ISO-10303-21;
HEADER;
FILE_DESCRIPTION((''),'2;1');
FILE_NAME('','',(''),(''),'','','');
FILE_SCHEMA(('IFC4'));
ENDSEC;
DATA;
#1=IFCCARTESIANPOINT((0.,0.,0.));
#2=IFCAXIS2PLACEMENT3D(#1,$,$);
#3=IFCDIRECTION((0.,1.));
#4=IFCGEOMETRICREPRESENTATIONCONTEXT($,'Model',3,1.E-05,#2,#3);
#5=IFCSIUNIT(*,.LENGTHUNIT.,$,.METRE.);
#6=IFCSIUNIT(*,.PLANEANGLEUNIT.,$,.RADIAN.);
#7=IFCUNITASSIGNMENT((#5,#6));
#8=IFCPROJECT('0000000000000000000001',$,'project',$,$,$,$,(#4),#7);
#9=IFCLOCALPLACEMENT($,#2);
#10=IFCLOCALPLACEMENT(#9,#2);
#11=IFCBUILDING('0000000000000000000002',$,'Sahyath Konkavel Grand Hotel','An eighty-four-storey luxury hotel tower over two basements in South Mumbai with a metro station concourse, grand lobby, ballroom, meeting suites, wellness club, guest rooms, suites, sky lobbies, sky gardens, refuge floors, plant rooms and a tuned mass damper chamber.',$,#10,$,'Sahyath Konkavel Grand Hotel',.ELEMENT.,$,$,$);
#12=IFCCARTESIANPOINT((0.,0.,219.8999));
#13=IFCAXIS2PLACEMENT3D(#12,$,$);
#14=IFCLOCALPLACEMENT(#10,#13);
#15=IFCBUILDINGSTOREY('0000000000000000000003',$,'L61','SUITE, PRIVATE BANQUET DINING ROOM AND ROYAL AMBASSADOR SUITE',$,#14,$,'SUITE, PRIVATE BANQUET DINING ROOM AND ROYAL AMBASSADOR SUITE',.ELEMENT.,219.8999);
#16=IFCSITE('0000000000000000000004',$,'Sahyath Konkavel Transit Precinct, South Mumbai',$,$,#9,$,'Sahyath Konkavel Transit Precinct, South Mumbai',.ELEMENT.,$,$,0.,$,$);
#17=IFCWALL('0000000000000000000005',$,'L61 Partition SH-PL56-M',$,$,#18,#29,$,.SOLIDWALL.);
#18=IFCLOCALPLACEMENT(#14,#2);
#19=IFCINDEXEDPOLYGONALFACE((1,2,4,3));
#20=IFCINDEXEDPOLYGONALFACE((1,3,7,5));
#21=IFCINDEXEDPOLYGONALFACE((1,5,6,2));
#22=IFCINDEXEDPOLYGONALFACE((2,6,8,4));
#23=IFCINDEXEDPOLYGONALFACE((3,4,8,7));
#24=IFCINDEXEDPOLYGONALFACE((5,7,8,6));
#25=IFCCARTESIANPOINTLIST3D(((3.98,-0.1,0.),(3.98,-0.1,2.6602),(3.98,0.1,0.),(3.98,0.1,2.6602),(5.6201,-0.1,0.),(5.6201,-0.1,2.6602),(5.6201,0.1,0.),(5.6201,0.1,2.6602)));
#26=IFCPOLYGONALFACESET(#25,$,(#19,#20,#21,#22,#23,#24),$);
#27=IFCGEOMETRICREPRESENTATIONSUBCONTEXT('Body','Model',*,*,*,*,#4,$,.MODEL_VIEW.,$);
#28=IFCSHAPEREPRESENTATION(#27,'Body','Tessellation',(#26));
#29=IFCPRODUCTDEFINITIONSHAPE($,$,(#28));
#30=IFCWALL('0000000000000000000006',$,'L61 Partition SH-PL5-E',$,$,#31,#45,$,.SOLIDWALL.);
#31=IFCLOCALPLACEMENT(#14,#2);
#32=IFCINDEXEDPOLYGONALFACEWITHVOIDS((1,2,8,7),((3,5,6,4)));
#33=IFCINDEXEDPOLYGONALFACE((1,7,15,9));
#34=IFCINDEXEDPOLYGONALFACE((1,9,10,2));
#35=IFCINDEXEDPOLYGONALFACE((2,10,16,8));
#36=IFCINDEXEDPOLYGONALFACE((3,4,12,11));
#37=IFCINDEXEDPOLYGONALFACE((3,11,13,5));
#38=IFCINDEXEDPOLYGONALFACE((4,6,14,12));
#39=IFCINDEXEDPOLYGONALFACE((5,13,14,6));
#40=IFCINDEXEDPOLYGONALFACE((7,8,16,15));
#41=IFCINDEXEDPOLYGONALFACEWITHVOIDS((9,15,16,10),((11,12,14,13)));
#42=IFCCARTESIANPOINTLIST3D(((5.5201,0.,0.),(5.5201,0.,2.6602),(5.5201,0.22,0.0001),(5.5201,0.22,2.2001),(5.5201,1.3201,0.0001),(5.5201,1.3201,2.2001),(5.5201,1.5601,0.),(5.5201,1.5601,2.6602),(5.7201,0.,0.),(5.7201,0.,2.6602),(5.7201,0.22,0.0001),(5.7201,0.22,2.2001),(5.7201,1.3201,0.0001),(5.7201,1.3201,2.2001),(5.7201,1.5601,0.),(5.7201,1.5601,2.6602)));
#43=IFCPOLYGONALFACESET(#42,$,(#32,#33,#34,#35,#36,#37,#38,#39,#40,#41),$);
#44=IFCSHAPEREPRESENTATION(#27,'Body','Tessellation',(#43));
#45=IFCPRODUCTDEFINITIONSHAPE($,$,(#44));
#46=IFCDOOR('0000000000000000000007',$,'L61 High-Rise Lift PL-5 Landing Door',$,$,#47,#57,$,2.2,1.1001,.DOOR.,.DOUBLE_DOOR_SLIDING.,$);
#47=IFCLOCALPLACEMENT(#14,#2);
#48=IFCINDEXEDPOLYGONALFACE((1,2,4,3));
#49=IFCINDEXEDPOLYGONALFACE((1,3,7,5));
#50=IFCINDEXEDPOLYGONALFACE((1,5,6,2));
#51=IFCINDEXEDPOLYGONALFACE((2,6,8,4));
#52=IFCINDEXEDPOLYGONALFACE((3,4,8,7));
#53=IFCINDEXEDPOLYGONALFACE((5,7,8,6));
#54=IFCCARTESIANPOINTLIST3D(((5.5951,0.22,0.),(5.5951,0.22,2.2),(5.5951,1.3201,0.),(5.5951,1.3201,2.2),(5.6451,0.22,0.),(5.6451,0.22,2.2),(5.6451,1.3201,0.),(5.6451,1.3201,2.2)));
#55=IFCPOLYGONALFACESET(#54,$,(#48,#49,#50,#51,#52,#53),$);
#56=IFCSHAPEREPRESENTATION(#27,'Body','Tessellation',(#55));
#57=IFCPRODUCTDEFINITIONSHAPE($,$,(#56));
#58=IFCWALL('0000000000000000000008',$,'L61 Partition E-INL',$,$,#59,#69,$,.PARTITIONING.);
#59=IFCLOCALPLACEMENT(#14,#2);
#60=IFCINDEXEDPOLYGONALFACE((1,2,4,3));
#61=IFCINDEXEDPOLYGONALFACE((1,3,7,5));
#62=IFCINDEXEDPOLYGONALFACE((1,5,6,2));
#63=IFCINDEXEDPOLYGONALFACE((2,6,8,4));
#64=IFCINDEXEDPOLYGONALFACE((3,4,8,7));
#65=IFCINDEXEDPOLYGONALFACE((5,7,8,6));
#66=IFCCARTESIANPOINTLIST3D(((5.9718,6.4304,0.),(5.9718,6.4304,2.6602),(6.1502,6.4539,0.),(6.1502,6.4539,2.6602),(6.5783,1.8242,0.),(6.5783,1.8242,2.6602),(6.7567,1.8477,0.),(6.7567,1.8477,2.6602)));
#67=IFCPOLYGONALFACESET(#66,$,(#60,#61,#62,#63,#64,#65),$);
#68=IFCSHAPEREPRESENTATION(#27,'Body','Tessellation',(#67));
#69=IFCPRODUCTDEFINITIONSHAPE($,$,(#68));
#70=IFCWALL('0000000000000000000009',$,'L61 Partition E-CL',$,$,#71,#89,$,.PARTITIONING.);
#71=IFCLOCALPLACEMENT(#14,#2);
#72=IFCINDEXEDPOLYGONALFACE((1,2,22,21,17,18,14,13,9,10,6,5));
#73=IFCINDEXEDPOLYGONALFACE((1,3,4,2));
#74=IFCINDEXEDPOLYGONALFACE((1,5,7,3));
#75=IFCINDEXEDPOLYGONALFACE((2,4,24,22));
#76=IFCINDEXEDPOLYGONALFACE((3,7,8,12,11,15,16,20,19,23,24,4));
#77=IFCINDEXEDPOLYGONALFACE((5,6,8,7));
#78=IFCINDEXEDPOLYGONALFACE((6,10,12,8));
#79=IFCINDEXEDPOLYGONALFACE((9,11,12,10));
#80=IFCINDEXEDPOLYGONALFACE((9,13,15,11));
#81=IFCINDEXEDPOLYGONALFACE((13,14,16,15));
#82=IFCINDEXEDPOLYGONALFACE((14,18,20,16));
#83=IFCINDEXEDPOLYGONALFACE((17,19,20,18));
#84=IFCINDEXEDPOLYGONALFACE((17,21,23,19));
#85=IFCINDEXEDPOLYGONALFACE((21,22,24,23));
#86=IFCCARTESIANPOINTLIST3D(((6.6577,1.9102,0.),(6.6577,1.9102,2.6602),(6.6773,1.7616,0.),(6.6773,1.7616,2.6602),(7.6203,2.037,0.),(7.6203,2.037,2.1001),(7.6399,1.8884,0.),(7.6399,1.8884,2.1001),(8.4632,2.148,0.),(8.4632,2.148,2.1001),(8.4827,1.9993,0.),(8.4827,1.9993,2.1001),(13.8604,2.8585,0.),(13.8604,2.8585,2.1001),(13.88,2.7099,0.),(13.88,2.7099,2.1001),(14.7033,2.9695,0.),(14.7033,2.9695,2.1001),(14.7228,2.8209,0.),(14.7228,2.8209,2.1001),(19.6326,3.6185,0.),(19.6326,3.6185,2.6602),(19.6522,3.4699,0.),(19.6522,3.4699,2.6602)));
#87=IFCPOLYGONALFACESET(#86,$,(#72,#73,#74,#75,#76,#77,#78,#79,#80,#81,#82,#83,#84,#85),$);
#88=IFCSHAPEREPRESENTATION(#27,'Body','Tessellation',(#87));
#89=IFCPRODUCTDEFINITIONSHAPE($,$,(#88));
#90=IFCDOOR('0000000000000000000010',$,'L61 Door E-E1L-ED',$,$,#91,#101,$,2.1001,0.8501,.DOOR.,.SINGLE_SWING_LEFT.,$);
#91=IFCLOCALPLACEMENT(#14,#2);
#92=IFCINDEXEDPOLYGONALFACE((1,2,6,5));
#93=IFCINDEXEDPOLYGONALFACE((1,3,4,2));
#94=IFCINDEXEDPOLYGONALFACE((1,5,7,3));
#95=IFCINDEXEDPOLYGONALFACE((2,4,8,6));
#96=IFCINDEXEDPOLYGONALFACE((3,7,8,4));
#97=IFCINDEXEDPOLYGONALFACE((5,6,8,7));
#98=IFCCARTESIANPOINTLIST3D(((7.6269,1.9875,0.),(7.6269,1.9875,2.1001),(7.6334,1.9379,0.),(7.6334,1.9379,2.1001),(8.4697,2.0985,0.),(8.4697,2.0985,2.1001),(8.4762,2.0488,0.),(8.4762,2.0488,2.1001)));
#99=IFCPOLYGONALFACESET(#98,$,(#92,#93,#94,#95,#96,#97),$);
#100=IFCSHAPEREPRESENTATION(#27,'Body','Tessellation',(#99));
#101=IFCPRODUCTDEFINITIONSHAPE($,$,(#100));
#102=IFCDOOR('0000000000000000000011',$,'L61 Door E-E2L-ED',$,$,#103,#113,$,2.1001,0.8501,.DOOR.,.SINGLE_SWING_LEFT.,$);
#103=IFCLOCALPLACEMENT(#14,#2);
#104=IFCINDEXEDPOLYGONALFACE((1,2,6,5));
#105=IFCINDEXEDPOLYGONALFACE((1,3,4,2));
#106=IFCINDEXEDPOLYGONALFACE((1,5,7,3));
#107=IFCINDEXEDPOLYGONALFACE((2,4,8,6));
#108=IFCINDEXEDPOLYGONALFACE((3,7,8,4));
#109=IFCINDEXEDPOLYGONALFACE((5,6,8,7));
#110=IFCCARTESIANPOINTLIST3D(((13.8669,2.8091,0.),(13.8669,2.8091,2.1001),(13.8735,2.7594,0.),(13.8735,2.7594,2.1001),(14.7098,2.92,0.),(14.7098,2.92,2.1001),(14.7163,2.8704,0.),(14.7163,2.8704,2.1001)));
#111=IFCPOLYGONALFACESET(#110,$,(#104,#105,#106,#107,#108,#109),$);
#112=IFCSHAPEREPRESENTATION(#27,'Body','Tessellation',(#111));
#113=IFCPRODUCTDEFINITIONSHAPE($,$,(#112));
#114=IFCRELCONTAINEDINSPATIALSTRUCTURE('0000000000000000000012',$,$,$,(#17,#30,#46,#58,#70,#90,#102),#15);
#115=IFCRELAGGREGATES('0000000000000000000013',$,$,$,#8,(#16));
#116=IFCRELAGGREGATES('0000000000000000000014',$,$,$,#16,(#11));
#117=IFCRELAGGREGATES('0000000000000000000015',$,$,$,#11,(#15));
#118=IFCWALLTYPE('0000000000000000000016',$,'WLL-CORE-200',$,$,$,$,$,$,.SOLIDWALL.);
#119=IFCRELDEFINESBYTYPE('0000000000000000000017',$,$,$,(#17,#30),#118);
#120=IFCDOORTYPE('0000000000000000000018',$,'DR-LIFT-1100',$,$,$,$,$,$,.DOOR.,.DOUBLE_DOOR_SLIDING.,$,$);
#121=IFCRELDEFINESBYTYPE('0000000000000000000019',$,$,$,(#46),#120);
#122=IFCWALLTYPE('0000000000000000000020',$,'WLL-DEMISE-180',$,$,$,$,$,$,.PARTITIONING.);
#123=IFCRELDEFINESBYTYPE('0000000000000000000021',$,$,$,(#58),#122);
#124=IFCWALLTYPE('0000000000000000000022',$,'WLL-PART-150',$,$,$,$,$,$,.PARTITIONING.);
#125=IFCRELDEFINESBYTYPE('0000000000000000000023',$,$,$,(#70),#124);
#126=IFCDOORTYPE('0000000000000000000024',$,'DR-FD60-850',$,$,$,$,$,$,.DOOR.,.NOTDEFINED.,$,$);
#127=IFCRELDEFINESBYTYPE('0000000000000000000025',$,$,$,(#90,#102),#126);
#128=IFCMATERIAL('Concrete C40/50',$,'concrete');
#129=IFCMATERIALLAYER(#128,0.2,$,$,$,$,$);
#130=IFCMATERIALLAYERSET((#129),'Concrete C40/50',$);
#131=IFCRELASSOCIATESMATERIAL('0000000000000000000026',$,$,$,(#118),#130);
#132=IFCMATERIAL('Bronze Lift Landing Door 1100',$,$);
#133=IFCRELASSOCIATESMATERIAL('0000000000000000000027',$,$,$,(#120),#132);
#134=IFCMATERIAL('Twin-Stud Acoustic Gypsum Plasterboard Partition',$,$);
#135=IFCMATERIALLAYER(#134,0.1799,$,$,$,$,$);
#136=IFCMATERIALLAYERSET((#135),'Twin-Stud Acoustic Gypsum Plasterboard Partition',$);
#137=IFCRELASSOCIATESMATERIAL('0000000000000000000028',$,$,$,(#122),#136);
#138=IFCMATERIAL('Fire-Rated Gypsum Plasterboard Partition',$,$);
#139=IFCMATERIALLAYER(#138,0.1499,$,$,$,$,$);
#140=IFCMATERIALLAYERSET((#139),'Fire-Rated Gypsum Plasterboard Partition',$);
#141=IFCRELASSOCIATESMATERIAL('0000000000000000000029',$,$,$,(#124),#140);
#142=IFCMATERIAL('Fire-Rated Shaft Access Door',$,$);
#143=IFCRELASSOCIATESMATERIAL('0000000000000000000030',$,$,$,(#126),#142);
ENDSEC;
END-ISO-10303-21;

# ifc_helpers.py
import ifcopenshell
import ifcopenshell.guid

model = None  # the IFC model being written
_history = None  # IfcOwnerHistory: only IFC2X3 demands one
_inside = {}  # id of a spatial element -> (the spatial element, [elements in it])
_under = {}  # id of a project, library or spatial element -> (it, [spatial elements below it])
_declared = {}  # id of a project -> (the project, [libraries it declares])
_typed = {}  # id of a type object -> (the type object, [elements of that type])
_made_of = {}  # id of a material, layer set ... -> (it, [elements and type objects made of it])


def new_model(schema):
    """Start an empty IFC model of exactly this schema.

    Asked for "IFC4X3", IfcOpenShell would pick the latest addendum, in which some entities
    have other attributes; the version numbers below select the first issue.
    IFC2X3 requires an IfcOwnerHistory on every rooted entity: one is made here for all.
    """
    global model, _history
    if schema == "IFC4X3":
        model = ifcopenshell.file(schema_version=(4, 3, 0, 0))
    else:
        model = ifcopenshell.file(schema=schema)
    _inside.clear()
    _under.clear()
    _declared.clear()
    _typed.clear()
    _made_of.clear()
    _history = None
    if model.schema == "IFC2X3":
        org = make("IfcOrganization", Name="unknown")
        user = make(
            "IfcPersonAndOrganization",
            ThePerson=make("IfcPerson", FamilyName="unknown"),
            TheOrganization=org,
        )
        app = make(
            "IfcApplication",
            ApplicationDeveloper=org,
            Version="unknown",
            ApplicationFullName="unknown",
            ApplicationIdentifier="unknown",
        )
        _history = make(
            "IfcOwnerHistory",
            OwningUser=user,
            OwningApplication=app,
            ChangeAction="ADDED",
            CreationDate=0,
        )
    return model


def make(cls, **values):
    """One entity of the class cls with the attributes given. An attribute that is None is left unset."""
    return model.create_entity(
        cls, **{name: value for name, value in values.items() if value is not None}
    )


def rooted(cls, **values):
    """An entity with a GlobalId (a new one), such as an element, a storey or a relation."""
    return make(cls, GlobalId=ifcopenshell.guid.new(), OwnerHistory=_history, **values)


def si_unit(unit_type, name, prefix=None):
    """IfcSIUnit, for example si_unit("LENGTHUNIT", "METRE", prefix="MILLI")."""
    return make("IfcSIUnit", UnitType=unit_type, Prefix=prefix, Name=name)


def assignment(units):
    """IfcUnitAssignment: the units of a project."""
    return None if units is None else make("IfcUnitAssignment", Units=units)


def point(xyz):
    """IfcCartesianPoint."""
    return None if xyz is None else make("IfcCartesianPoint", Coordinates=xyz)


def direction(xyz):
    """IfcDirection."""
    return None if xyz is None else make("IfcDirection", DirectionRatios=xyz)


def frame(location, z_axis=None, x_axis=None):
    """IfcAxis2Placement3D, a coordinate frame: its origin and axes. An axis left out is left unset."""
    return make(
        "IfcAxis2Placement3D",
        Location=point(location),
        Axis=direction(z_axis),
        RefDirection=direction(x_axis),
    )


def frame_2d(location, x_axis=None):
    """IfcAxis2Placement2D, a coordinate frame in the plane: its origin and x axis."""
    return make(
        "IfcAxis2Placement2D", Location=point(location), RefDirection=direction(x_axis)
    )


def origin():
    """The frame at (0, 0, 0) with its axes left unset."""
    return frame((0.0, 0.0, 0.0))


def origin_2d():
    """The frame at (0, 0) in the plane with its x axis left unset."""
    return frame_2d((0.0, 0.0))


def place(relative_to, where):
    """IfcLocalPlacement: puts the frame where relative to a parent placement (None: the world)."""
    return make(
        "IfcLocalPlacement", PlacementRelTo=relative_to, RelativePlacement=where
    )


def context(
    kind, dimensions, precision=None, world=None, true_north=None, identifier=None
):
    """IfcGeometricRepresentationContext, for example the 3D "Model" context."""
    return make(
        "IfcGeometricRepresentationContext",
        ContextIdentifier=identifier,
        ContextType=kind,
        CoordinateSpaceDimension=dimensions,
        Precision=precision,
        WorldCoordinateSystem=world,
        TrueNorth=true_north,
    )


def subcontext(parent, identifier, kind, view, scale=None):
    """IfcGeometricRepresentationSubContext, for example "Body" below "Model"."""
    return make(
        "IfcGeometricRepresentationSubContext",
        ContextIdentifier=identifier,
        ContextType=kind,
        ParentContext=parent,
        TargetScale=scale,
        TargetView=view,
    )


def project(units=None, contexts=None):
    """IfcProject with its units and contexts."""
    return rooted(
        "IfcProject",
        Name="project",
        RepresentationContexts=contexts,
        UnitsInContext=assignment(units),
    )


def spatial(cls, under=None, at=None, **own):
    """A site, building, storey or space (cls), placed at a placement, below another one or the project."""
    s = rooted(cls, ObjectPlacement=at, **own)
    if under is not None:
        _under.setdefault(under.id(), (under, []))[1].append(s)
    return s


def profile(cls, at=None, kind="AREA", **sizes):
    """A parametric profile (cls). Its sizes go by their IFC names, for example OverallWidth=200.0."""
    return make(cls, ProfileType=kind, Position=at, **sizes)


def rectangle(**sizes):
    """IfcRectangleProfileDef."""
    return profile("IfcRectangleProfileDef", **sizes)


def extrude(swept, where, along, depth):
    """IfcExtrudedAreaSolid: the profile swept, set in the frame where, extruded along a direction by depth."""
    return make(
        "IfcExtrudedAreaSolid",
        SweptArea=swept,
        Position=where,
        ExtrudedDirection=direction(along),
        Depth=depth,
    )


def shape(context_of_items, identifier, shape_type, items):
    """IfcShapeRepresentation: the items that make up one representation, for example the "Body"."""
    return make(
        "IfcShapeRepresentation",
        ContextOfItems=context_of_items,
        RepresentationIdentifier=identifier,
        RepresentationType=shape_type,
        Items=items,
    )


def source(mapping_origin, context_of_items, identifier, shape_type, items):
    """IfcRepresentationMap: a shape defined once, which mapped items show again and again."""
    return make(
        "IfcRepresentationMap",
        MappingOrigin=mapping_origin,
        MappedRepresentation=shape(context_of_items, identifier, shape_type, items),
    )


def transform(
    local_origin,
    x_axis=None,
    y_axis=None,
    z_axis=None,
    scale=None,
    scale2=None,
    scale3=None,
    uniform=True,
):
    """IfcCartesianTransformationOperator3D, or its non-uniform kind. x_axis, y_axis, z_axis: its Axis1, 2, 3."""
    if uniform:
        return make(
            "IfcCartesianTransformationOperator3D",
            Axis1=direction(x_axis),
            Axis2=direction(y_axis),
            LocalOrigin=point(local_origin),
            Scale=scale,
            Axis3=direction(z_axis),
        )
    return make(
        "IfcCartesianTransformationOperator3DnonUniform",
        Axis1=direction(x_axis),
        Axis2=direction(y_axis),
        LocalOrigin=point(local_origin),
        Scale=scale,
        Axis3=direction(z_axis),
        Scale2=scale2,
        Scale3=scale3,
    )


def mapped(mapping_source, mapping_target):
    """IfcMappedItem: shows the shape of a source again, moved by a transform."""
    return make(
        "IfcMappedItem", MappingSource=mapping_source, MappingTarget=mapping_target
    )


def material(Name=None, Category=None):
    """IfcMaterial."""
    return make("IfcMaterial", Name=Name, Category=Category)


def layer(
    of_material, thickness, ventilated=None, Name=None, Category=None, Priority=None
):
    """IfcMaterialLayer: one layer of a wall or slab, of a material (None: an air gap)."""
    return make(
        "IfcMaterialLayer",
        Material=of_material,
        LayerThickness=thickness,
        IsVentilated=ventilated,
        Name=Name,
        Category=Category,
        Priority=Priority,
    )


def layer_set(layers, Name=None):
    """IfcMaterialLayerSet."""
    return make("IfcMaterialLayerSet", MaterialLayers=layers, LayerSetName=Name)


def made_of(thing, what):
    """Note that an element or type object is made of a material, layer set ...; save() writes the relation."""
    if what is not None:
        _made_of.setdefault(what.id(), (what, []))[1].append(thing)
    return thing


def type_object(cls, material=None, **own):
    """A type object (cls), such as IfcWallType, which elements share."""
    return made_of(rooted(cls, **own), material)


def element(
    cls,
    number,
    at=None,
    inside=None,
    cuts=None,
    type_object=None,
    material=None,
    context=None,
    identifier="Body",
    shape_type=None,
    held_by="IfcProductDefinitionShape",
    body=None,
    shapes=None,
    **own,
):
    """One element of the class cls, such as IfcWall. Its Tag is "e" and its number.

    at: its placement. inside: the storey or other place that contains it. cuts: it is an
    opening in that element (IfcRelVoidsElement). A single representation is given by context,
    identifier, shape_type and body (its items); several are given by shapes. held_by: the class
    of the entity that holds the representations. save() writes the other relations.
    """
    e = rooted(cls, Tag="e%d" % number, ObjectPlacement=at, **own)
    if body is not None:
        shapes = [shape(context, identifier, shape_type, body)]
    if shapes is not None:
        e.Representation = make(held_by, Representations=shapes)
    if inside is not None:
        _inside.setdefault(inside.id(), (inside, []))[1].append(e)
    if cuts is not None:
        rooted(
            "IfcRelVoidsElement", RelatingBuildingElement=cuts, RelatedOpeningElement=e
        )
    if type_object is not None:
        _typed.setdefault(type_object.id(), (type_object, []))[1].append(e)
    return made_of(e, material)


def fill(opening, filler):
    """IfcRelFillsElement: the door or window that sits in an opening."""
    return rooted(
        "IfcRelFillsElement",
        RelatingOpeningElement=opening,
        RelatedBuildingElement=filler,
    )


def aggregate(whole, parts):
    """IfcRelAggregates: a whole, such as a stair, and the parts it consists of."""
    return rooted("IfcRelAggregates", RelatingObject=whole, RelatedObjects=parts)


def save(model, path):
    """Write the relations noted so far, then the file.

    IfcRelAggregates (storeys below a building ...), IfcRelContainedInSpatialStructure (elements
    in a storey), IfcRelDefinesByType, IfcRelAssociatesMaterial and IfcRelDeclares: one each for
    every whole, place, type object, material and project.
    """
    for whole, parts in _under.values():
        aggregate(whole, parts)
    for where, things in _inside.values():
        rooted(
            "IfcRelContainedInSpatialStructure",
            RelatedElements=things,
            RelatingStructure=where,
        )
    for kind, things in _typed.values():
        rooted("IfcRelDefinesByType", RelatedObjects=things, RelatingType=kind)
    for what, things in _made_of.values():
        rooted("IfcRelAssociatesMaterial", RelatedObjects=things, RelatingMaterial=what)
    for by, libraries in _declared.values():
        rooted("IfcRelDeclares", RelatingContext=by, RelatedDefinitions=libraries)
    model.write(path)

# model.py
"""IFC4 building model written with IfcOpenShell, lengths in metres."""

from ifc_helpers import new_model, si_unit, direction, frame, frame_2d, origin, origin_2d, place, context, subcontext, project, spatial, rectangle, extrude, source, transform, mapped, material, layer, layer_set, type_object, element, fill, save


model = new_model("IFC4")

# Units and contexts
model_context = context("Model", 3, precision=1e-05, world=origin(), true_north=direction((0.0, 1.0)))
body_context = subcontext(model_context, "Body", "Model", "MODEL_VIEW")
ifc_project = project(units=[si_unit("LENGTHUNIT", "METRE"), si_unit("PLANEANGLEUNIT", "RADIAN")], contexts=[model_context])

# Site, building, storey
site_placement = place(None, origin())
site = spatial("IfcSite", under=ifc_project, at=site_placement, Name="Sahyath Konkavel Transit Precinct, South Mumbai", LongName="Sahyath Konkavel Transit Precinct, South Mumbai", CompositionType="ELEMENT", RefElevation=0.0)
building_placement = place(site_placement, origin())
building = spatial("IfcBuilding", under=site, at=building_placement, Name="Sahyath Konkavel Grand Hotel", Description="An eighty-four-storey luxury hotel tower over two basements in South Mumbai with a metro station concourse, grand lobby, ballroom, meeting suites, wellness club, guest rooms, suites, sky lobbies, sky gardens, refuge floors, plant rooms and a tuned mass damper chamber.", LongName="Sahyath Konkavel Grand Hotel", CompositionType="ELEMENT")
storey_placement = place(building_placement, frame((0.0, 0.0, 219.8999)))
storey = spatial("IfcBuildingStorey", under=building, at=storey_placement, Name="L61", Description="SUITE, PRIVATE BANQUET DINING ROOM AND ROYAL AMBASSADOR SUITE", LongName="SUITE, PRIVATE BANQUET DINING ROOM AND ROYAL AMBASSADOR SUITE", CompositionType="ELEMENT", Elevation=219.8999)

# Shared definitions
ifc_material_1 = material(Name="Concrete C40/50", Category="concrete")

# Wall
ifc_layer_1 = layer(ifc_material_1, 0.2)
ifc_layer_set_1 = layer_set([ifc_layer_1], Name="Concrete C40/50")
wall_type_1 = type_object("IfcWallType", Name="WLL-CORE-200", PredefinedType="SOLIDWALL", material=ifc_layer_set_1)
for number, where, z_axis, x_axis, name in (
    (1, (3.98, 0.0, 0.0), (0.0, 0.0, 1.0), (1.0, 0.0, 0.0), "L61 Partition SH-PL56-M"),
):
    element("IfcWall", number, at=place(storey_placement, frame(where, z_axis=z_axis, x_axis=x_axis)), inside=storey, type_object=wall_type_1, Name=name, PredefinedType="SOLIDWALL", context=body_context, shape_type="SweptSolid", body=[
        extrude(rectangle(XDim=1.6401, YDim=0.2, at=frame_2d((0.8201, 0.0))), origin(), (0.0, 0.0, 1.0), 2.6602),
    ])

# Wall, opening, door
wall_1_placement = place(storey_placement, frame((5.6201, 0.0, 0.0), z_axis=(0.0, 0.0, 1.0), x_axis=(0.0, 1.0, 0.0)))
wall_1 = element("IfcWall", 2, at=wall_1_placement, inside=storey, type_object=wall_type_1, Name="L61 Partition SH-PL5-E", PredefinedType="SOLIDWALL", context=body_context, shape_type="SweptSolid", body=[
    extrude(rectangle(XDim=1.5601, YDim=0.2, at=frame_2d((0.78, 0.0))), origin(), (0.0, 0.0, 1.0), 2.6602),
])
opening_1_placement = place(wall_1_placement, frame((0.22, 0.0, 0.0)))
opening_1 = element("IfcOpeningElement", 3, at=opening_1_placement, cuts=wall_1, PredefinedType="OPENING", context=body_context, shape_type="SweptSolid", body=[
    extrude(rectangle(XDim=1.1001, YDim=2.2, at=frame_2d((0.55, 1.1001))), frame((0.0, 0.1099, 0.0), z_axis=(0.0, -1.0, 0.0), x_axis=(1.0, 0.0, 0.0)), (0.0, 0.0, 1.0), 0.22),
])
ifc_material_2 = material(Name="Bronze Lift Landing Door 1100")
door_type_1 = type_object("IfcDoorType", Name="DR-LIFT-1100", OperationType="DOUBLE_DOOR_SLIDING", PredefinedType="DOOR", material=ifc_material_2)
shared_shape_1 = source(origin(), body_context, "Body", "SweptSolid", [
    extrude(rectangle(XDim=1.1001, YDim=0.05, at=origin_2d()), origin(), (0.0, 0.0, 1.0), 2.2),
])
door_1_placement = place(opening_1_placement, frame((0.55, 0.0, 0.0)))
door_1 = element("IfcDoor", 4, at=door_1_placement, inside=storey, type_object=door_type_1, Name="L61 High-Rise Lift PL-5 Landing Door", OperationType="DOUBLE_DOOR_SLIDING", OverallHeight=2.2, OverallWidth=1.1001, PredefinedType="DOOR", context=body_context, shape_type="MappedRepresentation", body=[
    mapped(shared_shape_1, transform((0.0, 0.0, 0.0), scale=1.0)),
])
fill(opening_1, door_1)

# Wall
ifc_material_3 = material(Name="Twin-Stud Acoustic Gypsum Plasterboard Partition")
ifc_layer_2 = layer(ifc_material_3, 0.1799)
ifc_layer_set_2 = layer_set([ifc_layer_2], Name="Twin-Stud Acoustic Gypsum Plasterboard Partition")
wall_type_2 = type_object("IfcWallType", Name="WLL-DEMISE-180", PredefinedType="PARTITIONING", material=ifc_layer_set_2)
wall_2_placement = place(storey_placement, frame((6.6675, 1.8359, 0.0), z_axis=(0.0, 0.0, 1.0), x_axis=(-0.130532, 0.991444, 0.0)))
element("IfcWall", 5, at=wall_2_placement, inside=storey, type_object=wall_type_2, Name="L61 Partition E-INL", PredefinedType="PARTITIONING", context=body_context, shape_type="SweptSolid", body=[
    extrude(rectangle(XDim=4.646, YDim=0.1799, at=frame_2d((2.323, 0.0))), origin(), (0.0, 0.0, 1.0), 2.6602),
])

# Wall, openings, doors
ifc_material_4 = material(Name="Fire-Rated Gypsum Plasterboard Partition")
ifc_layer_3 = layer(ifc_material_4, 0.1499)
ifc_layer_set_3 = layer_set([ifc_layer_3], Name="Fire-Rated Gypsum Plasterboard Partition")
wall_type_3 = type_object("IfcWallType", Name="WLL-PART-150", PredefinedType="PARTITIONING", material=ifc_layer_set_3)
wall_3_placement = place(storey_placement, frame((6.6675, 1.8359, 0.0), z_axis=(0.0, 0.0, 1.0), x_axis=(0.991444, 0.130532, 0.0)))
wall_3 = element("IfcWall", 6, at=wall_3_placement, inside=storey, type_object=wall_type_3, Name="L61 Partition E-CL", PredefinedType="PARTITIONING", context=body_context, shape_type="SweptSolid", body=[
    extrude(rectangle(XDim=13.0869, YDim=0.1499, at=frame_2d((6.5435, 0.0))), origin(), (0.0, 0.0, 1.0), 2.6602),
])
opening_2_placement = place(wall_3_placement, frame((0.9709, 0.0, 0.0)))
opening_2 = element("IfcOpeningElement", 7, at=opening_2_placement, cuts=wall_3, PredefinedType="OPENING", context=body_context, shape_type="SweptSolid", body=[
    extrude(rectangle(XDim=0.8501, YDim=2.1001, at=frame_2d((0.425, 1.05))), frame((0.0, 0.085, 0.0), z_axis=(0.0, -1.0, 0.0), x_axis=(1.0, 0.0, 0.0)), (0.0, 0.0, 1.0), 0.1699),
])
opening_3_placement = place(wall_3_placement, frame((7.2649, 0.0, 0.0)))
opening_3 = element("IfcOpeningElement", 8, at=opening_3_placement, cuts=wall_3, PredefinedType="OPENING", context=body_context, shape_type="SweptSolid", body=[
    extrude(rectangle(XDim=0.8501, YDim=2.1001, at=frame_2d((0.425, 1.05))), frame((0.0, 0.085, 0.0), z_axis=(0.0, -1.0, 0.0), x_axis=(1.0, 0.0, 0.0)), (0.0, 0.0, 1.0), 0.1699),
])
ifc_material_5 = material(Name="Fire-Rated Shaft Access Door")
door_type_2 = type_object("IfcDoorType", Name="DR-FD60-850", OperationType="NOTDEFINED", PredefinedType="DOOR", material=ifc_material_5)
shared_shape_2 = source(origin(), body_context, "Body", "SweptSolid", [
    extrude(rectangle(XDim=0.8501, YDim=0.05, at=origin_2d()), origin(), (0.0, 0.0, 1.0), 2.1001),
])
door_2_placement = place(opening_2_placement, frame((0.425, 0.0, 0.0)))
door_2 = element("IfcDoor", 9, at=door_2_placement, inside=storey, type_object=door_type_2, Name="L61 Door E-E1L-ED", OperationType="SINGLE_SWING_LEFT", OverallHeight=2.1001, OverallWidth=0.8501, PredefinedType="DOOR", context=body_context, shape_type="MappedRepresentation", body=[
    mapped(shared_shape_2, transform((0.0, 0.0, 0.0), scale=1.0)),
])
fill(opening_2, door_2)
door_3_placement = place(opening_3_placement, frame((0.425, 0.0, 0.0)))
door_3 = element("IfcDoor", 10, at=door_3_placement, inside=storey, type_object=door_type_2, Name="L61 Door E-E2L-ED", OperationType="SINGLE_SWING_LEFT", OverallHeight=2.1001, OverallWidth=0.8501, PredefinedType="DOOR", context=body_context, shape_type="MappedRepresentation", body=[
    mapped(shared_shape_2, transform((0.0, 0.0, 0.0), scale=1.0)),
])
fill(opening_3, door_3)

save(model, "model.ifc")
